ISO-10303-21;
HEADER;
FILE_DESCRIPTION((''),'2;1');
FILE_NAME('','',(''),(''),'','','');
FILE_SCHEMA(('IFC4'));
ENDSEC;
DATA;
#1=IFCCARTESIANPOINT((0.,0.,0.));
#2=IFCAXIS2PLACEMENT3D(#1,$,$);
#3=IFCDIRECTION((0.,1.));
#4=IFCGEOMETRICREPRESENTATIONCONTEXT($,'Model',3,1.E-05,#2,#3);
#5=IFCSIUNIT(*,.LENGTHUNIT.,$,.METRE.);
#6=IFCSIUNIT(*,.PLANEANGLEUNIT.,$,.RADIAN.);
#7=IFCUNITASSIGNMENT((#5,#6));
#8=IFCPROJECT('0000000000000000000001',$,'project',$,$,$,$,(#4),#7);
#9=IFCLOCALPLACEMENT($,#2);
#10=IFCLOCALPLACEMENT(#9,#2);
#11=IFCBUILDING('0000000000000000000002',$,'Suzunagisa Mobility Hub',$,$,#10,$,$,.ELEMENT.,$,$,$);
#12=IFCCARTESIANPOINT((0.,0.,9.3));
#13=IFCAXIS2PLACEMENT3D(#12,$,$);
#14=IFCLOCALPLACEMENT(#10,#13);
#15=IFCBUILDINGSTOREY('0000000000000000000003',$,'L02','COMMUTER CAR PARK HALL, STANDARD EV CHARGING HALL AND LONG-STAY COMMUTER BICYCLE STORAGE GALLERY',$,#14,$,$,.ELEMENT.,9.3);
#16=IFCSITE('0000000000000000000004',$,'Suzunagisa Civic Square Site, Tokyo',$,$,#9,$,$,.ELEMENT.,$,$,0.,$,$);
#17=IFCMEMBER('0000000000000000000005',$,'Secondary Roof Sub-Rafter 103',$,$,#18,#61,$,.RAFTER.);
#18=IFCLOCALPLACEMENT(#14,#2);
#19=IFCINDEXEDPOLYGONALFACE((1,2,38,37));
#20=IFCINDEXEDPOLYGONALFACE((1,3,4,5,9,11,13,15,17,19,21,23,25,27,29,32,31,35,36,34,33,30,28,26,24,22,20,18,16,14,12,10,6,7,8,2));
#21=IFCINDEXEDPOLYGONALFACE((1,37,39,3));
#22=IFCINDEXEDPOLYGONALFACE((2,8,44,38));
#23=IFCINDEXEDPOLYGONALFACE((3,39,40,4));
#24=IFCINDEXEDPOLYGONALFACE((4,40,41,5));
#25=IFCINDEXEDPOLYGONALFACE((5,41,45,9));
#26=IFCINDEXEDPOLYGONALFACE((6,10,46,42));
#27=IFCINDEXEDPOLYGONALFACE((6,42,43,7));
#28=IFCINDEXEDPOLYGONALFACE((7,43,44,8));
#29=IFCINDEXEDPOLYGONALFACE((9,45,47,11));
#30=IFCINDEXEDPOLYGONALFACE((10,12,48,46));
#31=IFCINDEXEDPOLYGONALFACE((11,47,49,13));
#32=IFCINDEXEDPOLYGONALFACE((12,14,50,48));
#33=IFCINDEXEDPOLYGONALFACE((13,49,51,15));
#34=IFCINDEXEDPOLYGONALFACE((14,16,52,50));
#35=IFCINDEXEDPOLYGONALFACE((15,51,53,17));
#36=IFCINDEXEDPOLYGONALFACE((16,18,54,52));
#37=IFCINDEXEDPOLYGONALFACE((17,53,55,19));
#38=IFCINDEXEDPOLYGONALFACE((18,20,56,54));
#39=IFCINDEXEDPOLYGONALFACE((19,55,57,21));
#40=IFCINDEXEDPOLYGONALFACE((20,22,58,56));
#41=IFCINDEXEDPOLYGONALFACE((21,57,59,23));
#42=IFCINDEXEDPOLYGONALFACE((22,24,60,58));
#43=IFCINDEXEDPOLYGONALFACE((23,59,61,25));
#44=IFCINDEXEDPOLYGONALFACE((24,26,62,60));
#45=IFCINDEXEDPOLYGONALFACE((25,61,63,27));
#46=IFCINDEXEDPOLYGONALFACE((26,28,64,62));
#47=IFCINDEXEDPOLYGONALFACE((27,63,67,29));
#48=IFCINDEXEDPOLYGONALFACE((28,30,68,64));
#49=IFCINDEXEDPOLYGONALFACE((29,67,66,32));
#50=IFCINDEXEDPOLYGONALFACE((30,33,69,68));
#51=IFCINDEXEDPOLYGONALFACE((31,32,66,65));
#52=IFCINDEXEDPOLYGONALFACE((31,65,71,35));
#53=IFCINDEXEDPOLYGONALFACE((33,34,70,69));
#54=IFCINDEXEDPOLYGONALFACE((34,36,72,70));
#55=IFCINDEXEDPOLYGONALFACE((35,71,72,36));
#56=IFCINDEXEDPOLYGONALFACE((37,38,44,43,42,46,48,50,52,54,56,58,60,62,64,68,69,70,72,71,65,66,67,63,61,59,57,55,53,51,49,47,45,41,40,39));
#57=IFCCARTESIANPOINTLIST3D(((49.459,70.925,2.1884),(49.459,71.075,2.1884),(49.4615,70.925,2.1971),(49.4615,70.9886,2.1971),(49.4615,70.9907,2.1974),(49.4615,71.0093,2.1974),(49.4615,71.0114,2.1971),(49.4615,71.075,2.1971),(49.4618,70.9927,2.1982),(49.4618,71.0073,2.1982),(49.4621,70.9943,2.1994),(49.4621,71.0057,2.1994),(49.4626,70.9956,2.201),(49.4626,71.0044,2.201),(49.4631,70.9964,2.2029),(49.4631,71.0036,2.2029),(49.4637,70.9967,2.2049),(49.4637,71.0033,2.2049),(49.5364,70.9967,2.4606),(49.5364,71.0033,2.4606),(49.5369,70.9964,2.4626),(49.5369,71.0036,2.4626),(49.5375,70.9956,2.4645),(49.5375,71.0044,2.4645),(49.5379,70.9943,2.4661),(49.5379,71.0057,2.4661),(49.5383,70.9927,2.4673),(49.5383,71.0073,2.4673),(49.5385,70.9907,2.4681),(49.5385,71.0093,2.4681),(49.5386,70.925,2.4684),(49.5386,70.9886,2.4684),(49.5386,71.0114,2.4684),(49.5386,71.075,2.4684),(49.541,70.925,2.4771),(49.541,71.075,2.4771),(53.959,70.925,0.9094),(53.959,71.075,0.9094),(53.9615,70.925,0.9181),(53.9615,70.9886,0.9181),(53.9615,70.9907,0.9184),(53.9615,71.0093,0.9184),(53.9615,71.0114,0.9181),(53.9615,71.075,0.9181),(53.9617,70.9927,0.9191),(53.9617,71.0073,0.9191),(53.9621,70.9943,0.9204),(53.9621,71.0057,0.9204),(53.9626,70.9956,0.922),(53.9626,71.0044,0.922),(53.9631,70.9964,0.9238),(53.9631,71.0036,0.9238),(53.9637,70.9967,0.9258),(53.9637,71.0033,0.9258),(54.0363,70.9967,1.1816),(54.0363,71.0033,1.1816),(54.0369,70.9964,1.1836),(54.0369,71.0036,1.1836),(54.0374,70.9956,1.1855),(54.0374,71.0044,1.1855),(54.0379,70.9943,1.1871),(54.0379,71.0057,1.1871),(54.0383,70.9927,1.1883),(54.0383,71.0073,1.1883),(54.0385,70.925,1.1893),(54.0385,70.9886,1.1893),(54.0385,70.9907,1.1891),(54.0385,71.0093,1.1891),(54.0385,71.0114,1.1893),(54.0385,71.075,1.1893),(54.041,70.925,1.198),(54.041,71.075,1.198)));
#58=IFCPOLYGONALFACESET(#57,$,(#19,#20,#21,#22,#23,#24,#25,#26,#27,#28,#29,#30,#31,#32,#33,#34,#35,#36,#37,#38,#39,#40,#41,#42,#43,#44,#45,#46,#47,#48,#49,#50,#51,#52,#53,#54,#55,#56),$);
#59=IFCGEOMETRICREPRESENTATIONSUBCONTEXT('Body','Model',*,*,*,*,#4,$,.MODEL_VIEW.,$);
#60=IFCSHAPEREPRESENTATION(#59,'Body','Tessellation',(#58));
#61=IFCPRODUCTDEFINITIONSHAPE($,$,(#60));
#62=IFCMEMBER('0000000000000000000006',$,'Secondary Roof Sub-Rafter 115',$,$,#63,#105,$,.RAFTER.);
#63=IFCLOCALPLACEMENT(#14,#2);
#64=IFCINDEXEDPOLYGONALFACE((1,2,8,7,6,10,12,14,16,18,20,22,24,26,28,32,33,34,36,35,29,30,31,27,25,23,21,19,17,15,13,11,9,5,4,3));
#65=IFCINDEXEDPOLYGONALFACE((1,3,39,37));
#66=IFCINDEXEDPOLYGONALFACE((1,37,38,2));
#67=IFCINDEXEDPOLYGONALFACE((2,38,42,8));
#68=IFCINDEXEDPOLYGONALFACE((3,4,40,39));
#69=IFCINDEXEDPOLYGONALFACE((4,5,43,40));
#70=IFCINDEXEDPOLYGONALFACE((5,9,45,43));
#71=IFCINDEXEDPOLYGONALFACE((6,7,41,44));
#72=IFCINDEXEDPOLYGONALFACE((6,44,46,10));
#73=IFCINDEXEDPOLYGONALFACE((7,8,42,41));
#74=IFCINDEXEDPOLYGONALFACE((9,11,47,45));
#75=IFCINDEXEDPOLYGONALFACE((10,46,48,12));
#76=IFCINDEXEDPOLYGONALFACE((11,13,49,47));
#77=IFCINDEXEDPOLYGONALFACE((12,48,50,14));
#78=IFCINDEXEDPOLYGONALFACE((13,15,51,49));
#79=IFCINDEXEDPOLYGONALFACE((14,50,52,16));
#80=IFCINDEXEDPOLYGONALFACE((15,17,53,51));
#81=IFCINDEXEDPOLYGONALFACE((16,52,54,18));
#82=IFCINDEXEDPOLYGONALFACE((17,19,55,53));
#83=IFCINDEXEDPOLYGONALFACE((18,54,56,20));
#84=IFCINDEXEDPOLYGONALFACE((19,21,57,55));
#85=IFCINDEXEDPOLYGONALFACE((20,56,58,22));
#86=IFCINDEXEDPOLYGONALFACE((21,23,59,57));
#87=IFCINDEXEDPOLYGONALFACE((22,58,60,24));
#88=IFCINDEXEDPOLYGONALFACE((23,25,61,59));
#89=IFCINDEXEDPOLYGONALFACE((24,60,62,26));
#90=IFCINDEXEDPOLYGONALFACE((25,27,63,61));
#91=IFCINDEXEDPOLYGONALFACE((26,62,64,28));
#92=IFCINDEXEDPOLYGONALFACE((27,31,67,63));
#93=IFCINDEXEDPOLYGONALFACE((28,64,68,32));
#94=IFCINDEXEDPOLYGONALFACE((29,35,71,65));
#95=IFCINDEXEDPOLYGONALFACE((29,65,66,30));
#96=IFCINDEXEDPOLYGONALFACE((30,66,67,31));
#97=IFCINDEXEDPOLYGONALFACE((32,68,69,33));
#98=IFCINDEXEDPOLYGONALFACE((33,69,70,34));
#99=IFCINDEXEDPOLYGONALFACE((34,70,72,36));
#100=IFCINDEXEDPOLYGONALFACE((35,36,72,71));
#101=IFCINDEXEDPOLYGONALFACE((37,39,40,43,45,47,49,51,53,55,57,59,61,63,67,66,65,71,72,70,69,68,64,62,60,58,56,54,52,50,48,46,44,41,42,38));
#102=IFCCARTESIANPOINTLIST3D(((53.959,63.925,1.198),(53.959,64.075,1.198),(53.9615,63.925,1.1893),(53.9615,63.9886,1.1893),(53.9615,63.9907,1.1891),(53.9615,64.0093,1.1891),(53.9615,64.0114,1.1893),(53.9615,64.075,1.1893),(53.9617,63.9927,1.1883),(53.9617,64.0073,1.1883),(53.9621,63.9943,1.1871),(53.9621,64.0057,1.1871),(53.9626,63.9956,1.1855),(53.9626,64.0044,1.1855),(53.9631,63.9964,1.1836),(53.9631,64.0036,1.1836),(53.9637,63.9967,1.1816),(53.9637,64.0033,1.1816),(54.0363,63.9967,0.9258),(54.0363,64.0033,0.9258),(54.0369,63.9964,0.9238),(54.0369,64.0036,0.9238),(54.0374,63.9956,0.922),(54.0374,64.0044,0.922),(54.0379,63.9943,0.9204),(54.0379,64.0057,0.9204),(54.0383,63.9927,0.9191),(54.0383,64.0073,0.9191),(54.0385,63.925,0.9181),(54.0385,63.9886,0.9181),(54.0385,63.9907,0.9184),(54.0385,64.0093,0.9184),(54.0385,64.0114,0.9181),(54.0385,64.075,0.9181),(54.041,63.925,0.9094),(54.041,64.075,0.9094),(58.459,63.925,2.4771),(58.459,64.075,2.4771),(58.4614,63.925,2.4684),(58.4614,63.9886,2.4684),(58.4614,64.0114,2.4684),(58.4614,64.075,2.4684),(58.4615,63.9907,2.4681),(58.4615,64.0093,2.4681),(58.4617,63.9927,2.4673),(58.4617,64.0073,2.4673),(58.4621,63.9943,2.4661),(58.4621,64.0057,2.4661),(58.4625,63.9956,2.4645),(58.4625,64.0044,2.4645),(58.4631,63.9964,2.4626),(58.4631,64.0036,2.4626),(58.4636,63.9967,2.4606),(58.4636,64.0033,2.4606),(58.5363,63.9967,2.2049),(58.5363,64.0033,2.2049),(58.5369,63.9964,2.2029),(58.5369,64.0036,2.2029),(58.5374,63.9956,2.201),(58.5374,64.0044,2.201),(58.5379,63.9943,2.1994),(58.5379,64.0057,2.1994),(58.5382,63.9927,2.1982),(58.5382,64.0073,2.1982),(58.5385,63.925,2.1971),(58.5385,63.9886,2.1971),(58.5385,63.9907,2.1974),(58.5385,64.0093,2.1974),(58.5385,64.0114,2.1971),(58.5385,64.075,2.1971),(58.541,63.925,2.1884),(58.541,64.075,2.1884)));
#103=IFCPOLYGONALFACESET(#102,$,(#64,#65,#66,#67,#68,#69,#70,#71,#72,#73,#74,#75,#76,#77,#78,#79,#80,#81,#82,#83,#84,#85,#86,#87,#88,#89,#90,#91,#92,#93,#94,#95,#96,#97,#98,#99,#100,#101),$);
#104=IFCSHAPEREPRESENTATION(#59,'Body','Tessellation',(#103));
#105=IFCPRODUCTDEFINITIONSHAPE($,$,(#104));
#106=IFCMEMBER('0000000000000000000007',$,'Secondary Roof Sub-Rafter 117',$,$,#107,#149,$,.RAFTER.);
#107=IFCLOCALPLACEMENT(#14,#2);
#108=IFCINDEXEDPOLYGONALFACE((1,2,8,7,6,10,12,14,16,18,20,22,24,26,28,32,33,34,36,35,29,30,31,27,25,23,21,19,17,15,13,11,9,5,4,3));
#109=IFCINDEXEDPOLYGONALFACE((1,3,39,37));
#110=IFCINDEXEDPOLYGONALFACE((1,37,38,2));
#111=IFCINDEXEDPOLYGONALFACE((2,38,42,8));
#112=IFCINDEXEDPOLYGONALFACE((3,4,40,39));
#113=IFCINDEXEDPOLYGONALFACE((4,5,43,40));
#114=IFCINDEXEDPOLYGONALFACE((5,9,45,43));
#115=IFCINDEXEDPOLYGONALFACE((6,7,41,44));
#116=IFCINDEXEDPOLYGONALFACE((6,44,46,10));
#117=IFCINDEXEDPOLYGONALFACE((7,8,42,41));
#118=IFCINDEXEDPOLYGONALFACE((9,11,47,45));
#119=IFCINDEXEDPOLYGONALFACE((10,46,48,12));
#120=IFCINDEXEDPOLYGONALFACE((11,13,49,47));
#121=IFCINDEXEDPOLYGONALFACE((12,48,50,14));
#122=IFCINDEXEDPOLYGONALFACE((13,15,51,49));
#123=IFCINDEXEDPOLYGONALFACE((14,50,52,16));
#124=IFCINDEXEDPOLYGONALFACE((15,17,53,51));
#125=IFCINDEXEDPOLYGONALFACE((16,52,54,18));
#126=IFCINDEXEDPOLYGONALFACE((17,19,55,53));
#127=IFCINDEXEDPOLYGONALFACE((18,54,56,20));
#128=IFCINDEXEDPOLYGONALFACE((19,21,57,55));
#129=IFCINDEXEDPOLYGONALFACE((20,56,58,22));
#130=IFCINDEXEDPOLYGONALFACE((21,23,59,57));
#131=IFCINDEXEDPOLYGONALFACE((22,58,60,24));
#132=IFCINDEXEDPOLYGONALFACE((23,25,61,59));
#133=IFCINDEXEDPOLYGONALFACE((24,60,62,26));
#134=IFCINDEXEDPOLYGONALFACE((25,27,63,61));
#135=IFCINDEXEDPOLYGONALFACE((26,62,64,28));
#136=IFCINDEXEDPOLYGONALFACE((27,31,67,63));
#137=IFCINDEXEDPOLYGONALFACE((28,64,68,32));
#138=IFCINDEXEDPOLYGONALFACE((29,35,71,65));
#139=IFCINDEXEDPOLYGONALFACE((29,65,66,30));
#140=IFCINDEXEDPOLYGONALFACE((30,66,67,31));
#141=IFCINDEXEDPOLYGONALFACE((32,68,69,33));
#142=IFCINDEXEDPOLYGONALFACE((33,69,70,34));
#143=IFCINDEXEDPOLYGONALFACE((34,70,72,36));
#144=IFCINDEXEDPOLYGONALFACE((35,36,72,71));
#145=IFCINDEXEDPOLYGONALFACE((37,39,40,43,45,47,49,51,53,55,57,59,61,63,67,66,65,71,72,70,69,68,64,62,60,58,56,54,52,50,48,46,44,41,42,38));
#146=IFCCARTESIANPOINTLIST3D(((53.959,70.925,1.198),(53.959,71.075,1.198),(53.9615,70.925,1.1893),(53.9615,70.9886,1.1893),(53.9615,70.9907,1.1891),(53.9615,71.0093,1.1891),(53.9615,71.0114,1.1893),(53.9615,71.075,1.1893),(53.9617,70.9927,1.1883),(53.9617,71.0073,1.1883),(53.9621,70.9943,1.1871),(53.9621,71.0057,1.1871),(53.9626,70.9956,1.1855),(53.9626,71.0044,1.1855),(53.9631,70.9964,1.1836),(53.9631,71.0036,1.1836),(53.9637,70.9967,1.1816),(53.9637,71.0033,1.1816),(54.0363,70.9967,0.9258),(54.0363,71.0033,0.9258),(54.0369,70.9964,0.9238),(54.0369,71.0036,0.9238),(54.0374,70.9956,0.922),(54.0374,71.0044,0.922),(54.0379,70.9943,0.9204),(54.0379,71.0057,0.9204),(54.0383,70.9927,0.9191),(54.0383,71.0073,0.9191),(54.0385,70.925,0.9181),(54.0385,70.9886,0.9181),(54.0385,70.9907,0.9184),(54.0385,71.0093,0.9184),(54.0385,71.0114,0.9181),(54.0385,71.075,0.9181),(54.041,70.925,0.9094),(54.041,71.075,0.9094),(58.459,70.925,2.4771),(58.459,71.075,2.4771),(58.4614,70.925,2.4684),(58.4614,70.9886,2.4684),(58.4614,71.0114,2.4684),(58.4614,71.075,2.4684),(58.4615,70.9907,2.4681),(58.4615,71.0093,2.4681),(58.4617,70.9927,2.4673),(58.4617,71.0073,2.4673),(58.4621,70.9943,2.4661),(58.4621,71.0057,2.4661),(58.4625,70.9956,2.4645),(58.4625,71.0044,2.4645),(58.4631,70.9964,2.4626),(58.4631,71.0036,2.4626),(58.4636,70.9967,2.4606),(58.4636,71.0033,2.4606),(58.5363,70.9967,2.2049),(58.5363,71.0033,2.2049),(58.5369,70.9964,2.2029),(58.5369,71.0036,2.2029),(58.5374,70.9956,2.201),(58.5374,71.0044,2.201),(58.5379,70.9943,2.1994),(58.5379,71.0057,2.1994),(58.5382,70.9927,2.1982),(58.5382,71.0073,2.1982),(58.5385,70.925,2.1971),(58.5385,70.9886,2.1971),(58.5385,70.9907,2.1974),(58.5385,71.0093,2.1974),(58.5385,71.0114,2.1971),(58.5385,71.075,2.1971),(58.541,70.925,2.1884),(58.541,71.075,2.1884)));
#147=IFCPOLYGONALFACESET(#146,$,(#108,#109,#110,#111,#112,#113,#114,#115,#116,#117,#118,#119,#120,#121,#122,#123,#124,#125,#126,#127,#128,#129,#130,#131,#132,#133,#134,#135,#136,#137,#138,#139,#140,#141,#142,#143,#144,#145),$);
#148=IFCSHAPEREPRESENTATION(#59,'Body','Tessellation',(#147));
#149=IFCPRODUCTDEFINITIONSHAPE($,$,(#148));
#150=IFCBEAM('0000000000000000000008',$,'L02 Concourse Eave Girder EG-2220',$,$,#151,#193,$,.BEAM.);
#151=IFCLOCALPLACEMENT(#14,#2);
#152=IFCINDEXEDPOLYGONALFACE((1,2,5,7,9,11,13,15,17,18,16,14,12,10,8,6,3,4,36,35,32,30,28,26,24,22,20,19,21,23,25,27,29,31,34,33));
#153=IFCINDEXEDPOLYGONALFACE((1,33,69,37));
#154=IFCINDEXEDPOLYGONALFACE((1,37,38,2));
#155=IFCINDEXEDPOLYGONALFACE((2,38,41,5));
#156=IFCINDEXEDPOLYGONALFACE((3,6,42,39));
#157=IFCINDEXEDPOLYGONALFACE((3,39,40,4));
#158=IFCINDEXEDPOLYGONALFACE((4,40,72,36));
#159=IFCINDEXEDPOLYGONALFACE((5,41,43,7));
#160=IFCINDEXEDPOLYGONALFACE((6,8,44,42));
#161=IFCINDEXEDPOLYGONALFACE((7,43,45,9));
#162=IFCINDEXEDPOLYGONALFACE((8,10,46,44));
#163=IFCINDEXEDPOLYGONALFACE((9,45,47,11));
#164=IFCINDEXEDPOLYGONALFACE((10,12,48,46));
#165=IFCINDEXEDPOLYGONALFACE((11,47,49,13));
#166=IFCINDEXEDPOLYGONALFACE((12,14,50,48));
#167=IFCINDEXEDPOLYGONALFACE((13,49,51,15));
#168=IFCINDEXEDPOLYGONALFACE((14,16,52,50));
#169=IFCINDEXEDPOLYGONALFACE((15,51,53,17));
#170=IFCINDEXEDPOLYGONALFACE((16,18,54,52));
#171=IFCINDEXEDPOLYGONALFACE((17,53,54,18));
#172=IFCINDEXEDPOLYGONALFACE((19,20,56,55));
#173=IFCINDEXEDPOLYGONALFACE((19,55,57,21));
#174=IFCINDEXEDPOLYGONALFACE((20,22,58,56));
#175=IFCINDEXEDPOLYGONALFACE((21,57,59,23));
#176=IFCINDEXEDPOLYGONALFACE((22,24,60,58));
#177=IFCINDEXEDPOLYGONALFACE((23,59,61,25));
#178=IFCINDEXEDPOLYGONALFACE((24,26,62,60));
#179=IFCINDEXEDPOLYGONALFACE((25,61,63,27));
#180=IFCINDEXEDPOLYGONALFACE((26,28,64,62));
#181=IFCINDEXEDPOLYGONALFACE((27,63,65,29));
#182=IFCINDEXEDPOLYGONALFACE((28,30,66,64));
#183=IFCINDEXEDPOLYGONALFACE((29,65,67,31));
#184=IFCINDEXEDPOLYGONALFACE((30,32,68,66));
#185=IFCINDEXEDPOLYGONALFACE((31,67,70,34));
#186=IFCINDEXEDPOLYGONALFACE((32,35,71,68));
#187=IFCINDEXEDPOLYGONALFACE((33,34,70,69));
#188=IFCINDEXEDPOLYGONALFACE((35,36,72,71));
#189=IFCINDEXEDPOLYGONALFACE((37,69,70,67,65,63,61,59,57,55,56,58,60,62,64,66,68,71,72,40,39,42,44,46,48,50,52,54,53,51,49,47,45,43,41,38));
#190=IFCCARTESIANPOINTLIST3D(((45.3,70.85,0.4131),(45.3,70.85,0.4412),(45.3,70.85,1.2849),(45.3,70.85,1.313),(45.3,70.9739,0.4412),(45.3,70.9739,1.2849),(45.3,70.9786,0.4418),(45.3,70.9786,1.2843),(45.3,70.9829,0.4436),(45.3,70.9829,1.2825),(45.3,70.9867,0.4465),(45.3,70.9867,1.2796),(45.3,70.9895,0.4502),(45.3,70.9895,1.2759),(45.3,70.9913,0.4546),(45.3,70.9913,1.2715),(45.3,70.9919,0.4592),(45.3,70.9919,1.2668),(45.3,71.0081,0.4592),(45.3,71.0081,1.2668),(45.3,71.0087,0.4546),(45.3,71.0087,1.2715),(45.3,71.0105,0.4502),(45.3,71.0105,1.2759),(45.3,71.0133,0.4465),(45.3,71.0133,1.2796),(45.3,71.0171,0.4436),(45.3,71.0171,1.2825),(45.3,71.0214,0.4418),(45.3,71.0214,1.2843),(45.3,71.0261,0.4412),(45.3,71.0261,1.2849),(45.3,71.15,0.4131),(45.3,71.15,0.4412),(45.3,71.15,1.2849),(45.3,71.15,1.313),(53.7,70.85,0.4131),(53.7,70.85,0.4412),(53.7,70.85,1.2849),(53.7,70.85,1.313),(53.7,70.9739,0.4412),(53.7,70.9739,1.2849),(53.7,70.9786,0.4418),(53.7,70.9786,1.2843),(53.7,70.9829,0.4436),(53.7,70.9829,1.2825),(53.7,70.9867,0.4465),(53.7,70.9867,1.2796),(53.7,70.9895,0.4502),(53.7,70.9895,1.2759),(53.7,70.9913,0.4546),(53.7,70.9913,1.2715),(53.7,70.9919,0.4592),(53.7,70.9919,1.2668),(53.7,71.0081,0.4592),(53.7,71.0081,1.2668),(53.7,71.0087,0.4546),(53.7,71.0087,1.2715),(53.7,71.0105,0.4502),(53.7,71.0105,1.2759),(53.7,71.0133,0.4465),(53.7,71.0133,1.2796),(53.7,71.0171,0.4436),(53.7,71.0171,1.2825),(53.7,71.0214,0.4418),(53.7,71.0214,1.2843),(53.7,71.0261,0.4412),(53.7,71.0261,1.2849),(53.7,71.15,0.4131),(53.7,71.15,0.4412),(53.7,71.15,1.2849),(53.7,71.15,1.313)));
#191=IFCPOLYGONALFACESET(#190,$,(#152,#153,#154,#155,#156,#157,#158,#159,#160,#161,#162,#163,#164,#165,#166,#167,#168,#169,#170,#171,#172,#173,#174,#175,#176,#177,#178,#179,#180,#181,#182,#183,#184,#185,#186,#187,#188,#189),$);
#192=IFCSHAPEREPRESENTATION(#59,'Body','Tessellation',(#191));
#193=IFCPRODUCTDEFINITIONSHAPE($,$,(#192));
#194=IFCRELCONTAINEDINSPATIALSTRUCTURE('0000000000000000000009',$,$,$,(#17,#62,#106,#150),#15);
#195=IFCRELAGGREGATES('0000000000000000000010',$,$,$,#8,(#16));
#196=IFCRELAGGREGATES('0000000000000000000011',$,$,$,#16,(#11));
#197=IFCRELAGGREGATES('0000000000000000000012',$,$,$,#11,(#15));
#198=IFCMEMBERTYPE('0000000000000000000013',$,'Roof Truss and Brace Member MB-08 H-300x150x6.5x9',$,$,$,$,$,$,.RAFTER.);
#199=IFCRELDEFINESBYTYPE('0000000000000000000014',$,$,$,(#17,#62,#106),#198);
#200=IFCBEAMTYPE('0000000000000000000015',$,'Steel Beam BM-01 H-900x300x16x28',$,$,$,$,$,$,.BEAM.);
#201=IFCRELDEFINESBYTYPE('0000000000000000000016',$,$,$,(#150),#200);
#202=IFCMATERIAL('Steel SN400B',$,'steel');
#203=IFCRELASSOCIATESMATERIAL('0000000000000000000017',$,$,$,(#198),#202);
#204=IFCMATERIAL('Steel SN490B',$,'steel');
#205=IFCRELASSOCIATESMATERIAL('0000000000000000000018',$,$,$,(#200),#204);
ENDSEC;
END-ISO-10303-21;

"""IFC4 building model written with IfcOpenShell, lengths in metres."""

from ifc_helpers import new_model, si_unit, direction, frame, origin, origin_2d, place, context, subcontext, project, spatial, i_section, extrude, material, material_profile, profile_set, type_object, element, save


model = new_model("IFC4")

# Units and contexts
model_context = context("Model", 3, precision=1e-05, world=origin(), true_north=direction((0.0, 1.0)))
body_context = subcontext(model_context, "Body", "Model", "MODEL_VIEW")
ifc_project = project(units=[si_unit("LENGTHUNIT", "METRE"), si_unit("PLANEANGLEUNIT", "RADIAN")], contexts=[model_context])

# Site, building, storey
site_placement = place(None, origin())
site = spatial("IfcSite", under=ifc_project, at=site_placement, Name="Suzunagisa Civic Square Site, Tokyo", CompositionType="ELEMENT", RefElevation=0.0)
building_placement = place(site_placement, origin())
building = spatial("IfcBuilding", under=site, at=building_placement, Name="Suzunagisa Mobility Hub", CompositionType="ELEMENT")
storey_placement = place(building_placement, frame((0.0, 0.0, 9.3)))
storey = spatial("IfcBuildingStorey", under=building, at=storey_placement, Name="L02", Description="COMMUTER CAR PARK HALL, STANDARD EV CHARGING HALL AND LONG-STAY COMMUTER BICYCLE STORAGE GALLERY", CompositionType="ELEMENT", Elevation=9.3)

# Shared definitions
ifc_material_1 = material(Name="Steel SN490B", Category="steel")

# Members
ifc_material_2 = material(Name="Steel SN400B", Category="steel")
ifc_material_profile_1 = material_profile(ifc_material_2, i_section(OverallWidth=0.1499, OverallDepth=0.3, WebThickness=0.0066, FlangeThickness=0.009, FilletRadius=0.0081, at=origin_2d()), Name="H-300x150x6.5x9")
ifc_profile_set_1 = profile_set([ifc_material_profile_1], Name="Steel SN400B")
member_type_1 = type_object("IfcMemberType", Name="Roof Truss and Brace Member MB-08 H-300x150x6.5x9", PredefinedType="RAFTER", material=ifc_profile_set_1)
for number, where, z_axis, x_axis, name in (
    (1, (54.0, 71.0, 1.0537), (-0.961899, 0.0, 0.273404), (0.0, -1.0, 0.0), "Secondary Roof Sub-Rafter 103"),
    (2, (54.0, 64.0, 1.0537), (0.961899, 0.0, 0.273404), (0.0, 1.0, 0.0), "Secondary Roof Sub-Rafter 115"),
    (3, (54.0, 71.0, 1.0537), (0.961899, 0.0, 0.273404), (0.0, 1.0, 0.0), "Secondary Roof Sub-Rafter 117"),
):
    element("IfcMember", number, at=place(storey_placement, frame(where, z_axis=z_axis, x_axis=x_axis)), inside=storey, type_object=member_type_1, Name=name, PredefinedType="RAFTER", context=body_context, shape_type="SweptSolid", body=[
        extrude(i_section(OverallWidth=0.1499, OverallDepth=0.3, WebThickness=0.0066, FlangeThickness=0.009, FilletRadius=0.0081, at=origin_2d()), origin(), (0.0, 0.0, 1.0), 4.6782),
    ])

# Beam
ifc_material_profile_2 = material_profile(ifc_material_1, i_section(OverallWidth=0.3, OverallDepth=0.8999, WebThickness=0.0161, FlangeThickness=0.0281, FilletRadius=0.0181, at=origin_2d()), Name="H-900x300x16x28")
ifc_profile_set_2 = profile_set([ifc_material_profile_2], Name="Steel SN490B")
beam_type_1 = type_object("IfcBeamType", Name="Steel Beam BM-01 H-900x300x16x28", PredefinedType="BEAM", material=ifc_profile_set_2)
beam_1_placement = place(storey_placement, frame((45.3, 71.0, 0.863), z_axis=(1.0, 0.0, 0.0), x_axis=(0.0, 1.0, 0.0)))
element("IfcBeam", 4, at=beam_1_placement, inside=storey, type_object=beam_type_1, Name="L02 Concourse Eave Girder EG-2220", PredefinedType="BEAM", context=body_context, shape_type="SweptSolid", body=[
    extrude(i_section(OverallWidth=0.3, OverallDepth=0.8999, WebThickness=0.0161, FlangeThickness=0.0281, FilletRadius=0.0181, at=origin_2d()), origin(), (0.0, 0.0, 1.0), 8.3999),
])

save(model, "model.ifc")
